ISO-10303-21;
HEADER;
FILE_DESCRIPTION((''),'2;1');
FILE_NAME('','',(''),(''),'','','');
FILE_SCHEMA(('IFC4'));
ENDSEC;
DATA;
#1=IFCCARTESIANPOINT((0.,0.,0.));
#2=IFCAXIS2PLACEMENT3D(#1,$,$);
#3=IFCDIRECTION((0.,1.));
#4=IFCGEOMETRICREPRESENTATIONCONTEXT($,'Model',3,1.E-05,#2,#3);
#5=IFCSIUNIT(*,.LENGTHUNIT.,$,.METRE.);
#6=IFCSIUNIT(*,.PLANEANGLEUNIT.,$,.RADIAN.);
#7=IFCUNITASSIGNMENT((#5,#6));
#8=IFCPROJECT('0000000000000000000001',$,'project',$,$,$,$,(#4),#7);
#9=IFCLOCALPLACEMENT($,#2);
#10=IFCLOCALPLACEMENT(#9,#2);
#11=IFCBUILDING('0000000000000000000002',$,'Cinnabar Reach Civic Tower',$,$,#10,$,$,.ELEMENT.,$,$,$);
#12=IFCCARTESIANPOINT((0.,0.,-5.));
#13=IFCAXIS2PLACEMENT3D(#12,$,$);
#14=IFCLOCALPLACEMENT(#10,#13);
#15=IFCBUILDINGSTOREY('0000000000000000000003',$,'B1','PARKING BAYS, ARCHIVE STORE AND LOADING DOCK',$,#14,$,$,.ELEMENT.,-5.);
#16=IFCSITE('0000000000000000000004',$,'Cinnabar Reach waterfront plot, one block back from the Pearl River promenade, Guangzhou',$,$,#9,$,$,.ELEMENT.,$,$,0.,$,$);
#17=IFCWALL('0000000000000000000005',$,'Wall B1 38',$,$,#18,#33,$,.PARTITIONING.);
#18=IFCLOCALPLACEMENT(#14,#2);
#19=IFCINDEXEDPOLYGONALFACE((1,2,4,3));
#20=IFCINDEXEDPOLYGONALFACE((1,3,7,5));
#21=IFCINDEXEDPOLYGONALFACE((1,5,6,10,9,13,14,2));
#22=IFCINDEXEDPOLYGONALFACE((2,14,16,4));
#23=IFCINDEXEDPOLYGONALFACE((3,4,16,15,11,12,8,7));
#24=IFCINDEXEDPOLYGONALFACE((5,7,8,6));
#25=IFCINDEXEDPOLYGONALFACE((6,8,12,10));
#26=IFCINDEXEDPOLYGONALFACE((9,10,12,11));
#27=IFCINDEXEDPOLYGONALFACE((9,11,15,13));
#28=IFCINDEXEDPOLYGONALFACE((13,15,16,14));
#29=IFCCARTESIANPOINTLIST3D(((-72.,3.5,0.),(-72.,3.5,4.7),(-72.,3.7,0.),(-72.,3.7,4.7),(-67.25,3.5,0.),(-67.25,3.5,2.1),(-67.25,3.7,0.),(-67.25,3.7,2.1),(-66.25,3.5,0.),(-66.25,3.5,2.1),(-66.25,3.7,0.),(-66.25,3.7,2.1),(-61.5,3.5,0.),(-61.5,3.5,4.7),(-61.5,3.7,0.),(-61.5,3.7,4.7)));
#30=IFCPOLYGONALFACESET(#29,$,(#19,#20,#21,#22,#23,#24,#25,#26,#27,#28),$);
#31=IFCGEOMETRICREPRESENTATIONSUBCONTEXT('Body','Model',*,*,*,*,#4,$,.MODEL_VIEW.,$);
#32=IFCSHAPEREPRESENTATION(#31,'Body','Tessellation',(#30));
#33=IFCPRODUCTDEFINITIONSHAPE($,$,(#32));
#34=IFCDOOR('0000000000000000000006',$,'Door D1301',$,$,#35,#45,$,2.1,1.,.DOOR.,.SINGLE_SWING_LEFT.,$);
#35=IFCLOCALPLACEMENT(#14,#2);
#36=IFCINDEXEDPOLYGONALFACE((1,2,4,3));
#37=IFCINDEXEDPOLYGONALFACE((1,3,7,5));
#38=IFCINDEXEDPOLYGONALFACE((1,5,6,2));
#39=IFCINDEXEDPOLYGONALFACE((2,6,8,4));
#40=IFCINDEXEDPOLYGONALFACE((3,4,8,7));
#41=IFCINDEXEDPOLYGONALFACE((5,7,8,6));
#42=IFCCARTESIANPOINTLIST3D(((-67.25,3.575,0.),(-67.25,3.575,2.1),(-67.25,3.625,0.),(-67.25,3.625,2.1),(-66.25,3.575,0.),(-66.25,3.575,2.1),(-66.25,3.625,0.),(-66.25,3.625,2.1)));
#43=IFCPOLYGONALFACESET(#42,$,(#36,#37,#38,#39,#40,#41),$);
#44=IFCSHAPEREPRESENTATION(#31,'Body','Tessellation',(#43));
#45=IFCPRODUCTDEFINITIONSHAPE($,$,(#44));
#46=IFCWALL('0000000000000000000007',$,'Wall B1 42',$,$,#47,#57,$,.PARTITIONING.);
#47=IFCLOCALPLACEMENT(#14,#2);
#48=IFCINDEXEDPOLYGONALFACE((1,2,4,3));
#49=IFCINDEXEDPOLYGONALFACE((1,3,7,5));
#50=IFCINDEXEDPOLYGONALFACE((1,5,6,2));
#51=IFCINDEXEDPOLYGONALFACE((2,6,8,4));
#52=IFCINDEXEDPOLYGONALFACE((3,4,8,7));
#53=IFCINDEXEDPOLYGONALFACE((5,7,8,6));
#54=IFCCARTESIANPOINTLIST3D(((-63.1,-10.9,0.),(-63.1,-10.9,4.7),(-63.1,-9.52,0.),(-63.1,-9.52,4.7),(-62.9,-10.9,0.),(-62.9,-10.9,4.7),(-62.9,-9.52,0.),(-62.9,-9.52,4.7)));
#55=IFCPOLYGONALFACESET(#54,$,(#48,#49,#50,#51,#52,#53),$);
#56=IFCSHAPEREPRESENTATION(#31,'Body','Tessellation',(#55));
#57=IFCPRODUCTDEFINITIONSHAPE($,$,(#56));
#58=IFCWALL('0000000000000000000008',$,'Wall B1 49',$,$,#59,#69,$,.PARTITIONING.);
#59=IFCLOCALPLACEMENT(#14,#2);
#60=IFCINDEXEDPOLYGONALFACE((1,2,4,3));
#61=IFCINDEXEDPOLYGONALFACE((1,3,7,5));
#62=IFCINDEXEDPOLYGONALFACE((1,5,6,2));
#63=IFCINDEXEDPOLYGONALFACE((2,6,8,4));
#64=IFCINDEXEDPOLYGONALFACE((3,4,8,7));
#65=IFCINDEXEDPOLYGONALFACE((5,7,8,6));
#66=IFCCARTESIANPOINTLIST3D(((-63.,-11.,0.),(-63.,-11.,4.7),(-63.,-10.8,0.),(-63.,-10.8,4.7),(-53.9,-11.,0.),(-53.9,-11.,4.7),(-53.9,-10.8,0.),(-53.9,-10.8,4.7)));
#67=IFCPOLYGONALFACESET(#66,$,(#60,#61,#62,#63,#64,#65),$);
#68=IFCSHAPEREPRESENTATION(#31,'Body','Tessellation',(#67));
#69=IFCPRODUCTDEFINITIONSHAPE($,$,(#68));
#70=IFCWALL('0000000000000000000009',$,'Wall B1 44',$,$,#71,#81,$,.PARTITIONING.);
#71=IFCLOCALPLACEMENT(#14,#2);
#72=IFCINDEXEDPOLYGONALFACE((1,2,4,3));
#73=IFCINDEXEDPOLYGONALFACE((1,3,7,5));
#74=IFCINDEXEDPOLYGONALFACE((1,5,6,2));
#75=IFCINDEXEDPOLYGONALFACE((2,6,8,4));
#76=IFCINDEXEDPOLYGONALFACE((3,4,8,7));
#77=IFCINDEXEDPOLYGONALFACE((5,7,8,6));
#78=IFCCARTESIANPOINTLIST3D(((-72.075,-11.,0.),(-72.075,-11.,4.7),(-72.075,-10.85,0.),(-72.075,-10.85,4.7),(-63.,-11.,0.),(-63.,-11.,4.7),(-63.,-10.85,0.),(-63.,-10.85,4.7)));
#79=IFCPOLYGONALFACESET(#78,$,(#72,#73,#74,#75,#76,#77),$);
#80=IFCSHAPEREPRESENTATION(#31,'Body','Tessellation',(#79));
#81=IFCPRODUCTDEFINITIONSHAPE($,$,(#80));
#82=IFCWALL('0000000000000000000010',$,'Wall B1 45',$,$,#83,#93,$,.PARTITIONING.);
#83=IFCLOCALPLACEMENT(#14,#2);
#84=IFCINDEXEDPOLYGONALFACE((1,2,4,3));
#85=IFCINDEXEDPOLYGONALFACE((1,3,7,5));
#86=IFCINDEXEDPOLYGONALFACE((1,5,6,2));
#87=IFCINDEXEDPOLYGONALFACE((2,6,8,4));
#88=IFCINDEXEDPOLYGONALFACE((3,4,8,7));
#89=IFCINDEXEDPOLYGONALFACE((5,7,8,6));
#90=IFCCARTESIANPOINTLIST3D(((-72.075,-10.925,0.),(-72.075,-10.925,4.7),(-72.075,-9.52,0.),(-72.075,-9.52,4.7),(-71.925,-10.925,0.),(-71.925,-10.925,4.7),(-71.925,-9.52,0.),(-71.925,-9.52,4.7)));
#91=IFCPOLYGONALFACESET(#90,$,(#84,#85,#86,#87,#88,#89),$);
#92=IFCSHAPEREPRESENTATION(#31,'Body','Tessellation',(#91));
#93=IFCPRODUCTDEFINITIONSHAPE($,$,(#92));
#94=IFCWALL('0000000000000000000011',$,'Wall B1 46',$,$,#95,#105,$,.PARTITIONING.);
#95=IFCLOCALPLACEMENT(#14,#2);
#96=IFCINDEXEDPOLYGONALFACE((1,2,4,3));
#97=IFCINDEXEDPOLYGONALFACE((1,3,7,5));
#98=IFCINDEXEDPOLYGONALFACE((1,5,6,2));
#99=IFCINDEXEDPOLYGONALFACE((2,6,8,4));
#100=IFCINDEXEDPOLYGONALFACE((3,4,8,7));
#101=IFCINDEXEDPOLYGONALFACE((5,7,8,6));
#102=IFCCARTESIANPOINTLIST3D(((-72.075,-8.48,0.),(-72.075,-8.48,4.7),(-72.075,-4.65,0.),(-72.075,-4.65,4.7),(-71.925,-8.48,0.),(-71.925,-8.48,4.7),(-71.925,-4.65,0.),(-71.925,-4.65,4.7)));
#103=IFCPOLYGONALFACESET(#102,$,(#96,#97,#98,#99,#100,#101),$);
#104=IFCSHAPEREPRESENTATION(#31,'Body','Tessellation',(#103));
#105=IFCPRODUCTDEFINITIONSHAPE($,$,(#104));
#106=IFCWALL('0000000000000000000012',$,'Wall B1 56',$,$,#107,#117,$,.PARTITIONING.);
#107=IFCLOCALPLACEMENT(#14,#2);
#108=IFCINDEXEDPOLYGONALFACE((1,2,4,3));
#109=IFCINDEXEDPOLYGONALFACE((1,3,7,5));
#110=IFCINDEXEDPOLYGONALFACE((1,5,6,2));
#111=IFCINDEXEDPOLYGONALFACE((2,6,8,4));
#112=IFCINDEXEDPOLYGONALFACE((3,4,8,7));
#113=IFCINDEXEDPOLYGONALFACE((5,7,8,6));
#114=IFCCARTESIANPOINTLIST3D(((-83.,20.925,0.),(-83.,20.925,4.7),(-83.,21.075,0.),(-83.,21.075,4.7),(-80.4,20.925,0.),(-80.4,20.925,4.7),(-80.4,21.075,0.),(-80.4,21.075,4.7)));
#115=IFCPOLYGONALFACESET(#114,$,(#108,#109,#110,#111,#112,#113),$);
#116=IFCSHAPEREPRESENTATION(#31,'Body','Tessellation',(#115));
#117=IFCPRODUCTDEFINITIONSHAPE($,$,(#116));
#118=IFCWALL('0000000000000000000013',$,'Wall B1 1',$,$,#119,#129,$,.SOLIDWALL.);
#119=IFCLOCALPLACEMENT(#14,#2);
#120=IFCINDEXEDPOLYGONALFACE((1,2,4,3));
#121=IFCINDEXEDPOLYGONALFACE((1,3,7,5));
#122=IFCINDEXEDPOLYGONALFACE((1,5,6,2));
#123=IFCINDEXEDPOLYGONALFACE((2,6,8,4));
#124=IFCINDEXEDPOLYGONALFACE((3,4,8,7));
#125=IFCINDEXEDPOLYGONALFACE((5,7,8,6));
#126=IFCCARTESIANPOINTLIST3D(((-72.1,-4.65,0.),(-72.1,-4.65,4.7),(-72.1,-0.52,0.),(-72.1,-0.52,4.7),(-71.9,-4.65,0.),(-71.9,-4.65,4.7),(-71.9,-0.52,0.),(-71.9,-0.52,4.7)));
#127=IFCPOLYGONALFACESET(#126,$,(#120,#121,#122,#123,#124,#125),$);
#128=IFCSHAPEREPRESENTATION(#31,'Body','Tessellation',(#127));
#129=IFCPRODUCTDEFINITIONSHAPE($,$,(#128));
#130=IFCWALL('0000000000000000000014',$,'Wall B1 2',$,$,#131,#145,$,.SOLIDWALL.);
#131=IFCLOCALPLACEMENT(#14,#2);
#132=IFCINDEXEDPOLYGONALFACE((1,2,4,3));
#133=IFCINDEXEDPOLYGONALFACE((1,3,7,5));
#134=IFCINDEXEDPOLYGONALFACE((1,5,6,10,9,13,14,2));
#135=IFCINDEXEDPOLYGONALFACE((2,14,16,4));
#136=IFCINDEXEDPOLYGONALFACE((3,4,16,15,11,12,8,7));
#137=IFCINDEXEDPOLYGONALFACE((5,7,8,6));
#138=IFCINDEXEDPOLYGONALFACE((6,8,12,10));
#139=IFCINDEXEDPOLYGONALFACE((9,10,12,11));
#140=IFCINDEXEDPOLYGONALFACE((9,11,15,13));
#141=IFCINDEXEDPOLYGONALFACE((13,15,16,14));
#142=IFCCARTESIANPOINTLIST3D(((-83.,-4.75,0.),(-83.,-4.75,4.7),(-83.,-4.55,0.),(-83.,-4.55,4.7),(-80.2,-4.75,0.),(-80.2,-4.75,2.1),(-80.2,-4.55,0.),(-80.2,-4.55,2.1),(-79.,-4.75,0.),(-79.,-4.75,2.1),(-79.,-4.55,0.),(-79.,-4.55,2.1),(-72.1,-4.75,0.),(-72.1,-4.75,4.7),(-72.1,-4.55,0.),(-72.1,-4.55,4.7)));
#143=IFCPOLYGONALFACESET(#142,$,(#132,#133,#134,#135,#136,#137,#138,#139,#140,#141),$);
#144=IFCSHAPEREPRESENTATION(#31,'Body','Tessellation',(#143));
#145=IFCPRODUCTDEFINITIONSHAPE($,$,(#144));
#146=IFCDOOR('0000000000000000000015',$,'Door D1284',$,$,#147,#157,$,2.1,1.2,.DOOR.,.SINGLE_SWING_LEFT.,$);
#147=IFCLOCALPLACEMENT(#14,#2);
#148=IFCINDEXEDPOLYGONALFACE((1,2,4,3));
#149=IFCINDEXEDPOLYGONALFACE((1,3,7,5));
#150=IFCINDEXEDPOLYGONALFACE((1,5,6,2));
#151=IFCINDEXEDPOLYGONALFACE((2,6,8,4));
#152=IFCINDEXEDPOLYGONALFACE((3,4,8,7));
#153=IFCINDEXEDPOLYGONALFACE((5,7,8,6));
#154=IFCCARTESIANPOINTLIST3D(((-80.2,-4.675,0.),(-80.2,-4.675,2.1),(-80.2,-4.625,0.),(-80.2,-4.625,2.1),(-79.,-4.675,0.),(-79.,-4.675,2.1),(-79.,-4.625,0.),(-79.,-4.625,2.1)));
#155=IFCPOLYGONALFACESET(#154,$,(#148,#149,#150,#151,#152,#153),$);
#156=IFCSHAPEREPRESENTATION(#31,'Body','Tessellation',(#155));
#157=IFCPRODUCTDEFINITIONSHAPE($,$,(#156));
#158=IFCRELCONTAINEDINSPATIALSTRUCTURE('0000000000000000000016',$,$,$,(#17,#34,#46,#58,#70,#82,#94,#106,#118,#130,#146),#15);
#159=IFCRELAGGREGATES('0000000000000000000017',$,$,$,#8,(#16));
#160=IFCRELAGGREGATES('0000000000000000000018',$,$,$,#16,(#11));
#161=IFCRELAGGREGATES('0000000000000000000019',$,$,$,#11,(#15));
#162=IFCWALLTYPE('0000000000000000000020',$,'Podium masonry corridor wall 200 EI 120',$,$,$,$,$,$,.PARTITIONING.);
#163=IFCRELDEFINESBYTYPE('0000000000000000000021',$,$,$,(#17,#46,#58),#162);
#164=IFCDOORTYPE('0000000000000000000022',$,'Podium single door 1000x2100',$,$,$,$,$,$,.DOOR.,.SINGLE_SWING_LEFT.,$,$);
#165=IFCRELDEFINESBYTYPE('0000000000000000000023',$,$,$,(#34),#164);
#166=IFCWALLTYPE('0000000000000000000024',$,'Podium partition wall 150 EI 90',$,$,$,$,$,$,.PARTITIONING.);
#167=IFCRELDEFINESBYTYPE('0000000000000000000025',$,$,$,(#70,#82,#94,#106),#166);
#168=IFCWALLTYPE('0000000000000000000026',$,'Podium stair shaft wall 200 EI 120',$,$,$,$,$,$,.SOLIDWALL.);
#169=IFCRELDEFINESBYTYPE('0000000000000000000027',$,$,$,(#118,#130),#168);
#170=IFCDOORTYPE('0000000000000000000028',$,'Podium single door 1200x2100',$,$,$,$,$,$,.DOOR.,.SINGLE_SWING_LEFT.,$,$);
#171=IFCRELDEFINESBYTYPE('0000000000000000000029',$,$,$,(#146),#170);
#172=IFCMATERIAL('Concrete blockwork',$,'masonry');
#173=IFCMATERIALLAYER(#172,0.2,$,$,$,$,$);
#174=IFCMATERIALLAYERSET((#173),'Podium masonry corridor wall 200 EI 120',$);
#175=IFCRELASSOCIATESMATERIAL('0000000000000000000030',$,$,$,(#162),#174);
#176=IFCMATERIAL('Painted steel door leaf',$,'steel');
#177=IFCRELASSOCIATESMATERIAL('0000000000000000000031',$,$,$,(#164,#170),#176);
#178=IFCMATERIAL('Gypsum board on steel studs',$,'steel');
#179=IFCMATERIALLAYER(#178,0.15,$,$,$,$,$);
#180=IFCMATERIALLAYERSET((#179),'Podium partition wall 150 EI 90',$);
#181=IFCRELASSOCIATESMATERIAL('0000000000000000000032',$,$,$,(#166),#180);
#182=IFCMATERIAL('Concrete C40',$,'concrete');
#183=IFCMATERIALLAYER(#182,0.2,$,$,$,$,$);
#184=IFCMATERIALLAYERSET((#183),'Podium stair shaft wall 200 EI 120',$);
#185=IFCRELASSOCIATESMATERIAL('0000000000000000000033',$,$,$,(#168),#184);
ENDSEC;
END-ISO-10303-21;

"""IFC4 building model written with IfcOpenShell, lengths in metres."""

from ifc_helpers import new_model, si_unit, direction, frame, frame_2d, origin, place, context, subcontext, project, spatial, rectangle, extrude, material, layer, layer_set, type_object, element, fill, save


model = new_model("IFC4")

# Units and contexts
model_context = context("Model", 3, precision=1e-05, world=origin(), true_north=direction((0.0, 1.0)))
body_context = subcontext(model_context, "Body", "Model", "MODEL_VIEW")
ifc_project = project(units=[si_unit("LENGTHUNIT", "METRE"), si_unit("PLANEANGLEUNIT", "RADIAN")], contexts=[model_context])

# Site, building, storey
site_placement = place(None, origin())
site = spatial("IfcSite", under=ifc_project, at=site_placement, Name="Cinnabar Reach waterfront plot, one block back from the Pearl River promenade, Guangzhou", CompositionType="ELEMENT", RefElevation=0.0)
building_placement = place(site_placement, origin())
building = spatial("IfcBuilding", under=site, at=building_placement, Name="Cinnabar Reach Civic Tower", CompositionType="ELEMENT")
storey_placement = place(building_placement, frame((0.0, 0.0, -5.0)))
storey = spatial("IfcBuildingStorey", under=building, at=storey_placement, Name="B1", Description="PARKING BAYS, ARCHIVE STORE AND LOADING DOCK", CompositionType="ELEMENT", Elevation=-5.0)

# Wall, opening, door
ifc_material_1 = material(Name="Concrete blockwork", Category="masonry")
ifc_layer_1 = layer(ifc_material_1, 0.2)
ifc_layer_set_1 = layer_set([ifc_layer_1], Name="Podium masonry corridor wall 200 EI 120")
wall_type_1 = type_object("IfcWallType", Name="Podium masonry corridor wall 200 EI 120", PredefinedType="PARTITIONING", material=ifc_layer_set_1)
ifc_material_2 = material(Name="Painted steel door leaf", Category="steel")
door_type_1 = type_object("IfcDoorType", Name="Podium single door 1000x2100", OperationType="SINGLE_SWING_LEFT", PredefinedType="DOOR", material=ifc_material_2)
wall_1_placement = place(storey_placement, frame((-72.0, 3.6, 0.0), z_axis=(0.0, 0.0, 1.0), x_axis=(1.0, 0.0, 0.0)))
wall_1 = element("IfcWall", 1, at=wall_1_placement, inside=storey, type_object=wall_type_1, Name="Wall B1 38", PredefinedType="PARTITIONING", context=body_context, shape_type="SweptSolid", body=[
    extrude(rectangle(XDim=10.5, YDim=0.2, at=frame_2d((5.25, 0.0))), origin(), (0.0, 0.0, 1.0), 4.7),
])
opening_1_placement = place(wall_1_placement, frame((4.75, 0.0, 0.0)))
opening_1 = element("IfcOpeningElement", 2, at=opening_1_placement, cuts=wall_1, PredefinedType="OPENING", context=body_context, shape_type="SweptSolid", body=[
    extrude(rectangle(XDim=1.0, YDim=2.1, at=frame_2d((0.5, 1.05))), frame((0.0, 0.11, 0.0), z_axis=(0.0, -1.0, 0.0), x_axis=(1.0, 0.0, 0.0)), (0.0, 0.0, 1.0), 0.22),
])
door_1_placement = place(opening_1_placement, origin())
door_1 = element("IfcDoor", 3, at=door_1_placement, inside=storey, type_object=door_type_1, Name="Door D1301", OperationType="SINGLE_SWING_LEFT", OverallHeight=2.1, OverallWidth=1.0, PredefinedType="DOOR", context=body_context, shape_type="SweptSolid", body=[
    extrude(rectangle(XDim=1.0, YDim=2.1, at=frame_2d((0.5, 1.05))), frame((0.0, 0.025, 0.0), z_axis=(0.0, -1.0, 0.0), x_axis=(1.0, 0.0, 0.0)), (0.0, 0.0, 1.0), 0.05),
])
fill(opening_1, door_1)

# Walls
wall_2_placement = place(storey_placement, frame((-63.0, -10.9, 0.0), z_axis=(0.0, 0.0, 1.0), x_axis=(0.0, 1.0, 0.0)))
element("IfcWall", 4, at=wall_2_placement, inside=storey, type_object=wall_type_1, Name="Wall B1 42", PredefinedType="PARTITIONING", context=body_context, shape_type="SweptSolid", body=[
    extrude(rectangle(XDim=1.38, YDim=0.2, at=frame_2d((0.69, 0.0))), origin(), (0.0, 0.0, 1.0), 4.7),
])
wall_3_placement = place(storey_placement, frame((-63.0, -10.9, 0.0), z_axis=(0.0, 0.0, 1.0), x_axis=(1.0, 0.0, 0.0)))
element("IfcWall", 5, at=wall_3_placement, inside=storey, type_object=wall_type_1, Name="Wall B1 49", PredefinedType="PARTITIONING", context=body_context, shape_type="SweptSolid", body=[
    extrude(rectangle(XDim=9.1, YDim=0.2, at=frame_2d((4.55, 0.0))), origin(), (0.0, 0.0, 1.0), 4.7),
])
ifc_material_3 = material(Name="Gypsum board on steel studs", Category="steel")
ifc_layer_2 = layer(ifc_material_3, 0.15)
ifc_layer_set_2 = layer_set([ifc_layer_2], Name="Podium partition wall 150 EI 90")
wall_type_2 = type_object("IfcWallType", Name="Podium partition wall 150 EI 90", PredefinedType="PARTITIONING", material=ifc_layer_set_2)
wall_4_placement = place(storey_placement, frame((-72.075, -10.925, 0.0), z_axis=(0.0, 0.0, 1.0), x_axis=(1.0, 0.0, 0.0)))
element("IfcWall", 6, at=wall_4_placement, inside=storey, type_object=wall_type_2, Name="Wall B1 44", PredefinedType="PARTITIONING", context=body_context, shape_type="SweptSolid", body=[
    extrude(rectangle(XDim=9.075, YDim=0.15, at=frame_2d((4.5375, 0.0))), origin(), (0.0, 0.0, 1.0), 4.7),
])
wall_5_placement = place(storey_placement, frame((-72.0, -10.925, 0.0), z_axis=(0.0, 0.0, 1.0), x_axis=(0.0, 1.0, 0.0)))
element("IfcWall", 7, at=wall_5_placement, inside=storey, type_object=wall_type_2, Name="Wall B1 45", PredefinedType="PARTITIONING", context=body_context, shape_type="SweptSolid", body=[
    extrude(rectangle(XDim=1.405, YDim=0.15, at=frame_2d((0.7025, 0.0))), origin(), (0.0, 0.0, 1.0), 4.7),
])
wall_6_placement = place(storey_placement, frame((-72.0, -8.48, 0.0), z_axis=(0.0, 0.0, 1.0), x_axis=(0.0, 1.0, 0.0)))
element("IfcWall", 8, at=wall_6_placement, inside=storey, type_object=wall_type_2, Name="Wall B1 46", PredefinedType="PARTITIONING", context=body_context, shape_type="SweptSolid", body=[
    extrude(rectangle(XDim=3.83, YDim=0.15, at=frame_2d((1.915, 0.0))), origin(), (0.0, 0.0, 1.0), 4.7),
])
wall_7_placement = place(storey_placement, frame((-83.0, 21.0, 0.0), z_axis=(0.0, 0.0, 1.0), x_axis=(1.0, 0.0, 0.0)))
element("IfcWall", 9, at=wall_7_placement, inside=storey, type_object=wall_type_2, Name="Wall B1 56", PredefinedType="PARTITIONING", context=body_context, shape_type="SweptSolid", body=[
    extrude(rectangle(XDim=2.6, YDim=0.15, at=frame_2d((1.3, 0.0))), origin(), (0.0, 0.0, 1.0), 4.7),
])
ifc_material_4 = material(Name="Concrete C40", Category="concrete")
ifc_layer_3 = layer(ifc_material_4, 0.2)
ifc_layer_set_3 = layer_set([ifc_layer_3], Name="Podium stair shaft wall 200 EI 120")
wall_type_3 = type_object("IfcWallType", Name="Podium stair shaft wall 200 EI 120", PredefinedType="SOLIDWALL", material=ifc_layer_set_3)
wall_8_placement = place(storey_placement, frame((-72.0, -4.65, 0.0), z_axis=(0.0, 0.0, 1.0), x_axis=(0.0, 1.0, 0.0)))
element("IfcWall", 10, at=wall_8_placement, inside=storey, type_object=wall_type_3, Name="Wall B1 1", PredefinedType="SOLIDWALL", context=body_context, shape_type="SweptSolid", body=[
    extrude(rectangle(XDim=4.13, YDim=0.2, at=frame_2d((2.065, 0.0))), origin(), (0.0, 0.0, 1.0), 4.7),
])

# Wall, opening, door
wall_9_placement = place(storey_placement, frame((-83.0, -4.65, 0.0), z_axis=(0.0, 0.0, 1.0), x_axis=(1.0, 0.0, 0.0)))
wall_9 = element("IfcWall", 11, at=wall_9_placement, inside=storey, type_object=wall_type_3, Name="Wall B1 2", PredefinedType="SOLIDWALL", context=body_context, shape_type="SweptSolid", body=[
    extrude(rectangle(XDim=10.9, YDim=0.2, at=frame_2d((5.45, 0.0))), origin(), (0.0, 0.0, 1.0), 4.7),
])
opening_2_placement = place(wall_9_placement, frame((2.8, 0.0, 0.0)))
opening_2 = element("IfcOpeningElement", 12, at=opening_2_placement, cuts=wall_9, PredefinedType="OPENING", context=body_context, shape_type="SweptSolid", body=[
    extrude(rectangle(XDim=1.2, YDim=2.1, at=frame_2d((0.6, 1.05))), frame((0.0, 0.11, 0.0), z_axis=(0.0, -1.0, 0.0), x_axis=(1.0, 0.0, 0.0)), (0.0, 0.0, 1.0), 0.22),
])
door_type_2 = type_object("IfcDoorType", Name="Podium single door 1200x2100", OperationType="SINGLE_SWING_LEFT", PredefinedType="DOOR", material=ifc_material_2)
door_2_placement = place(opening_2_placement, origin())
door_2 = element("IfcDoor", 13, at=door_2_placement, inside=storey, type_object=door_type_2, Name="Door D1284", OperationType="SINGLE_SWING_LEFT", OverallHeight=2.1, OverallWidth=1.2, PredefinedType="DOOR", context=body_context, shape_type="SweptSolid", body=[
    extrude(rectangle(XDim=1.2, YDim=2.1, at=frame_2d((0.6, 1.05))), frame((0.0, 0.025, 0.0), z_axis=(0.0, -1.0, 0.0), x_axis=(1.0, 0.0, 0.0)), (0.0, 0.0, 1.0), 0.05),
])
fill(opening_2, door_2)

save(model, "model.ifc")
